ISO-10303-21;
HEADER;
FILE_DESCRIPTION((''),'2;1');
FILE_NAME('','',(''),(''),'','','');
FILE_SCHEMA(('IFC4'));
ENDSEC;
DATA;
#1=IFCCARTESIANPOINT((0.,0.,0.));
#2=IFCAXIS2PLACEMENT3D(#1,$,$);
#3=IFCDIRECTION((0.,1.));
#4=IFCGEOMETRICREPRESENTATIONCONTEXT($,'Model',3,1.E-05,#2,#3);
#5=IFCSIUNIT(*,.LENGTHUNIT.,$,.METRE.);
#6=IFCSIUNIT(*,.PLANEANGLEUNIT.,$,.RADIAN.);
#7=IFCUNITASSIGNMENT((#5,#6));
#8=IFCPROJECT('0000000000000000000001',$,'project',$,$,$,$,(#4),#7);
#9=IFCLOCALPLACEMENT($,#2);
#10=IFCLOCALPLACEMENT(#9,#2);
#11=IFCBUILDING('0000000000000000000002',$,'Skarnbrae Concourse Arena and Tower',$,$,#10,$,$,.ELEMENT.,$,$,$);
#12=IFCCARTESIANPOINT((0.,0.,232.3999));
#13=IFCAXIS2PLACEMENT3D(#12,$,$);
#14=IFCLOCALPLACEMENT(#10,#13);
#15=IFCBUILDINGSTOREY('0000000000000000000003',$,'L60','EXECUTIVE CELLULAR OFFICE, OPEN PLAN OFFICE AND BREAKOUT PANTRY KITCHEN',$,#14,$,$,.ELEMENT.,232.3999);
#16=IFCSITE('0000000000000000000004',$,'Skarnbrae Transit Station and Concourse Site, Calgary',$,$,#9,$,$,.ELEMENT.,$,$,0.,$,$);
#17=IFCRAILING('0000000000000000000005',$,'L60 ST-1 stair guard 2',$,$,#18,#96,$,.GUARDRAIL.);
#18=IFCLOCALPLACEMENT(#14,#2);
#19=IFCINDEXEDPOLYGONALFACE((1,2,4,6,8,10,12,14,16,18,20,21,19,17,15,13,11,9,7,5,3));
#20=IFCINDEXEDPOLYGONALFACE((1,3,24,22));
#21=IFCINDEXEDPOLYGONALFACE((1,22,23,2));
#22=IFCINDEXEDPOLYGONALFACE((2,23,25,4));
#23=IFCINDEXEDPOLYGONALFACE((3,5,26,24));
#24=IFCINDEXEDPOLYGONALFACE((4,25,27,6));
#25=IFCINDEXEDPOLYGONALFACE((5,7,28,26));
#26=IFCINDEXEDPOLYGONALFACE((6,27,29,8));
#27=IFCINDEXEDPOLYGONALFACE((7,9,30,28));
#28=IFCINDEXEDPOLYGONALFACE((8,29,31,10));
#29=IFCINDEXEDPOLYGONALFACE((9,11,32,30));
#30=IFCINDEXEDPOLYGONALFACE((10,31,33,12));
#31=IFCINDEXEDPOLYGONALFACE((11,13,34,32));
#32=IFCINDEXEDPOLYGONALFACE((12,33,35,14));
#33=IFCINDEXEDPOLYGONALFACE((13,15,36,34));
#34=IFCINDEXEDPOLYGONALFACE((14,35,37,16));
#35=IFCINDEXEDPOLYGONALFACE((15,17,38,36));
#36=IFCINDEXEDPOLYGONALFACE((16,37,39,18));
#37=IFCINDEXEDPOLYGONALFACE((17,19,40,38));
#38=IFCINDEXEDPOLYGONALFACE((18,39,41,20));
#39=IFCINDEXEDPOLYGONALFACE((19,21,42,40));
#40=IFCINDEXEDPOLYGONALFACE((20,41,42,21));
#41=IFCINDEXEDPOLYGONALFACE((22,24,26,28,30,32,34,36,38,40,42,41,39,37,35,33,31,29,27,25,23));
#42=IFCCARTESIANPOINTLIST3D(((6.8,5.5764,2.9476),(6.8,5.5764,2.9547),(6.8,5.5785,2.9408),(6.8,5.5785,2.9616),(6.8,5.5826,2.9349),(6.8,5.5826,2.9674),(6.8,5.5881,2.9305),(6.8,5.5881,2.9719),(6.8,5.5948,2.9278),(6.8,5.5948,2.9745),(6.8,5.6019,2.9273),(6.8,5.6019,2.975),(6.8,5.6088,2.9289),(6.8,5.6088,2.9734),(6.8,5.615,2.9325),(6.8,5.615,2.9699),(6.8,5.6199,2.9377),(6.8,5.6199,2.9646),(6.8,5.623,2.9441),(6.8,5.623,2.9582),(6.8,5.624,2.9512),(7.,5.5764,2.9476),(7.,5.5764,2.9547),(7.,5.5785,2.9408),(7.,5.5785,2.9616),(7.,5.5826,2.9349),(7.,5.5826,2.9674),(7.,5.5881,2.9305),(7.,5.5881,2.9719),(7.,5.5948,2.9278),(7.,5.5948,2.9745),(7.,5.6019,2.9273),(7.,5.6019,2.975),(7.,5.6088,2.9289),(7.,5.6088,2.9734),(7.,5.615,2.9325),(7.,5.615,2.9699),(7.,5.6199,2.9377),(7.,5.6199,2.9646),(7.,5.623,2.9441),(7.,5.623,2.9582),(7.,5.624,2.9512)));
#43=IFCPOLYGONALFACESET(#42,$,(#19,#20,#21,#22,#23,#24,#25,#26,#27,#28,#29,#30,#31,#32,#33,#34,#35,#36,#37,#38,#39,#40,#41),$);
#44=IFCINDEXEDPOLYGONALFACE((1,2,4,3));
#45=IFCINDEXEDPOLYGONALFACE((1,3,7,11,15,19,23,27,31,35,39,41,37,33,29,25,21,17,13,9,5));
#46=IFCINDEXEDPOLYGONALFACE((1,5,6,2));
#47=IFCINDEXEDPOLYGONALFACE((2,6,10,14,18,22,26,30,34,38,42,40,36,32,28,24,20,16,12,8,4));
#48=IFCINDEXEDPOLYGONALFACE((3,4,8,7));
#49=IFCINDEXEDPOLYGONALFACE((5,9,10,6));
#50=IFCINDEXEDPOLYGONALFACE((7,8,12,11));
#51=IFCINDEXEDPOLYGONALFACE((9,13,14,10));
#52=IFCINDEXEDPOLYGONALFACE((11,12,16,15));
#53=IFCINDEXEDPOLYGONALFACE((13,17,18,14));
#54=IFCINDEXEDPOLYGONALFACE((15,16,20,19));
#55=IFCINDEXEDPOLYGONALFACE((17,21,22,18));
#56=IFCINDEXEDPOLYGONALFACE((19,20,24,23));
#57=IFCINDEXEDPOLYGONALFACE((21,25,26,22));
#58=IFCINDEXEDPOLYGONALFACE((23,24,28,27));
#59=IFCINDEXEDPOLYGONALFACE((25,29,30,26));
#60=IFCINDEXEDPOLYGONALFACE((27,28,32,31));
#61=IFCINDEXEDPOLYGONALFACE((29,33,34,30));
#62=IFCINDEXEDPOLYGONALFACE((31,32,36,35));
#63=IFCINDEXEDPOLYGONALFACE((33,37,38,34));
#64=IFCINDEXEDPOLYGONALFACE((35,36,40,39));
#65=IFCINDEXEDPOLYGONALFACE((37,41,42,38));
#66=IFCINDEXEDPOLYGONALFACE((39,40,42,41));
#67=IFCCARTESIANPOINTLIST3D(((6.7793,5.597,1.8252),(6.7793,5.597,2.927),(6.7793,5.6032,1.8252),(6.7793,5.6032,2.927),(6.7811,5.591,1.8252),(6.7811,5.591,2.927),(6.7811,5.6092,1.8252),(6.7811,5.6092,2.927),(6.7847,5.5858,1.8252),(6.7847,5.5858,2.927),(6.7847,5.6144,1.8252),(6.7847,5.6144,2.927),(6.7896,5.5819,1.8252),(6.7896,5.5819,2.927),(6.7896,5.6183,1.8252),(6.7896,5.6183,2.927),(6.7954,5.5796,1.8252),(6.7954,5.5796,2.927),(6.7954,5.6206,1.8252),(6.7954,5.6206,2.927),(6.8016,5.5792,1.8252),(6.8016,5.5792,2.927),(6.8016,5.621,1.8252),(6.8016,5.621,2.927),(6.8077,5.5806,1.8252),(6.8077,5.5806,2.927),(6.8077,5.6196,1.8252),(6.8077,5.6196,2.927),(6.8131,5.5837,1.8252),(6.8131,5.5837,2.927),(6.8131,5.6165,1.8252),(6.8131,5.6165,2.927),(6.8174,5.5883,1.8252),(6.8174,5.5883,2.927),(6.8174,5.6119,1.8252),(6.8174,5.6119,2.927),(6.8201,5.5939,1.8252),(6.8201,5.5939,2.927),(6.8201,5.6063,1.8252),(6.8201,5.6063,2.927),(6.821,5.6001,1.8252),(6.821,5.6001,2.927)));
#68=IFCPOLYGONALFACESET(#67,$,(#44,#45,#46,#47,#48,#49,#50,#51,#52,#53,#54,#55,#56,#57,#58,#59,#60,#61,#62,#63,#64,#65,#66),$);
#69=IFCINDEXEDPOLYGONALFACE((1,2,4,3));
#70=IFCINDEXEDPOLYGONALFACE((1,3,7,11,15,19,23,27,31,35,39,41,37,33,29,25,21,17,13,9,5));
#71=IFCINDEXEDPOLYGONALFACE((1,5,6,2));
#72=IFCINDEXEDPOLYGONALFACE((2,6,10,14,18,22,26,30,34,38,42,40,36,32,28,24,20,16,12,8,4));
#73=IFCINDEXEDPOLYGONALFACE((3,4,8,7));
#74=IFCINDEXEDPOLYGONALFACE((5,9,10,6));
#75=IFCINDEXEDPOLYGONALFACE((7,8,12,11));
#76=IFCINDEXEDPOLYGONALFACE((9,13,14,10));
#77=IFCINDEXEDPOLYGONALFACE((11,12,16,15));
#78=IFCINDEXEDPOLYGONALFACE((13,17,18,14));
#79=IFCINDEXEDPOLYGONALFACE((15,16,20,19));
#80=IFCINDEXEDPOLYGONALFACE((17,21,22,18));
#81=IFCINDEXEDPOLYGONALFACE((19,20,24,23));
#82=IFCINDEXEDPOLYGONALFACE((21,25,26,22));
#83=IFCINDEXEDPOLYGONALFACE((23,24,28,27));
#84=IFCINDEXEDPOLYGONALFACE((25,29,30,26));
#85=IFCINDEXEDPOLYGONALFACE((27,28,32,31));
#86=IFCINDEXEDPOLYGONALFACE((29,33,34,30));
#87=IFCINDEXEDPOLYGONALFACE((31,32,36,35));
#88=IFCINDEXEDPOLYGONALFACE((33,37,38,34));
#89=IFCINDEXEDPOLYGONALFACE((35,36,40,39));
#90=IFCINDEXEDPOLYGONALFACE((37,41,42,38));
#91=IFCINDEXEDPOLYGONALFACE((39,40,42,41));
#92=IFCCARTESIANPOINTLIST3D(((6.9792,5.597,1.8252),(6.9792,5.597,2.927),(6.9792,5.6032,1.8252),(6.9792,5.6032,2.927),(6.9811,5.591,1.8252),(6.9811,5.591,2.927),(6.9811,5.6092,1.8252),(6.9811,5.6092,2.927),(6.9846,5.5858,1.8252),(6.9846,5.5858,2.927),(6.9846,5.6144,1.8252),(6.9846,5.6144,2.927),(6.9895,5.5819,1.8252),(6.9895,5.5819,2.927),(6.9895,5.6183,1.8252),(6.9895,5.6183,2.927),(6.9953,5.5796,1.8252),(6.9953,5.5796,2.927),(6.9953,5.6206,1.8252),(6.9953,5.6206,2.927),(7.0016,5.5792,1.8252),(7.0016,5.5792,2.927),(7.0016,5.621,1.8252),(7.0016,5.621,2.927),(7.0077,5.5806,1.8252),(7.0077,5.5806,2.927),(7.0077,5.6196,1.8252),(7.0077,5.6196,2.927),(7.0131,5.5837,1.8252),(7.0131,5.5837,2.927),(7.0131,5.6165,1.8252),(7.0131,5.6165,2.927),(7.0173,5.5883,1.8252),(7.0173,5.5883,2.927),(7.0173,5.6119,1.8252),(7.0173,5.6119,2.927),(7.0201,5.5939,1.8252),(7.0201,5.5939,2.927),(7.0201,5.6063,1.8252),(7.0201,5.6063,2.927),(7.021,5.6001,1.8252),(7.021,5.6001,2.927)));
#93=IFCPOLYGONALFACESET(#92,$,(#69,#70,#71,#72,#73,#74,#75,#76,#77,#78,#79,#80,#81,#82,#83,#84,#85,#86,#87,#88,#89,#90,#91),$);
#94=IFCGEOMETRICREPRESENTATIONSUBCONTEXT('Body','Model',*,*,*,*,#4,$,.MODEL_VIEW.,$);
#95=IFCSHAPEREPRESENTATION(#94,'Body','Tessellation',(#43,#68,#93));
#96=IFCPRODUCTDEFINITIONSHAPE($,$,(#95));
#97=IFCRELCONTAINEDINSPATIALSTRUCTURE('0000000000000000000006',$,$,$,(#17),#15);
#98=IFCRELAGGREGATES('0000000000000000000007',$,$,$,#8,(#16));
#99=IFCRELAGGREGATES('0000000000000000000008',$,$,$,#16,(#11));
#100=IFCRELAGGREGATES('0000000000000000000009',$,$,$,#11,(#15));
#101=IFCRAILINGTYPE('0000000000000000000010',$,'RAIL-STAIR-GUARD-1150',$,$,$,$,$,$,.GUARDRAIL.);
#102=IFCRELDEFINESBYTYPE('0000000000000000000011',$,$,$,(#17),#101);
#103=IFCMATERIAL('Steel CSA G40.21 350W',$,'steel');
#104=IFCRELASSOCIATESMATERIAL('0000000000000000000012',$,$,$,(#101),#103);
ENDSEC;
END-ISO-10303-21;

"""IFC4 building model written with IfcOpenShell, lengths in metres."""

from ifc_helpers import new_model, si_unit, direction, frame, origin, origin_2d, place, context, subcontext, project, spatial, circle, extrude, material, type_object, element, save


model = new_model("IFC4")

# Units and contexts
model_context = context("Model", 3, precision=1e-05, world=origin(), true_north=direction((0.0, 1.0)))
body_context = subcontext(model_context, "Body", "Model", "MODEL_VIEW")
ifc_project = project(units=[si_unit("LENGTHUNIT", "METRE"), si_unit("PLANEANGLEUNIT", "RADIAN")], contexts=[model_context])

# Site, building, storey
site_placement = place(None, origin())
site = spatial("IfcSite", under=ifc_project, at=site_placement, Name="Skarnbrae Transit Station and Concourse Site, Calgary", CompositionType="ELEMENT", RefElevation=0.0)
building_placement = place(site_placement, origin())
building = spatial("IfcBuilding", under=site, at=building_placement, Name="Skarnbrae Concourse Arena and Tower", CompositionType="ELEMENT")
storey_placement = place(building_placement, frame((0.0, 0.0, 232.3999)))
storey = spatial("IfcBuildingStorey", under=building, at=storey_placement, Name="L60", Description="EXECUTIVE CELLULAR OFFICE, OPEN PLAN OFFICE AND BREAKOUT PANTRY KITCHEN", CompositionType="ELEMENT", Elevation=232.3999)

# Shared definitions
ifc_material_1 = material(Name="Steel CSA G40.21 350W", Category="steel")

# Railing
railing_type_1 = type_object("IfcRailingType", Name="RAIL-STAIR-GUARD-1150", PredefinedType="GUARDRAIL", material=ifc_material_1)
railing_1_placement = place(storey_placement, frame((6.8, 5.6001, 1.8252)))
element("IfcRailing", 1, at=railing_1_placement, inside=storey, type_object=railing_type_1, Name="L60 ST-1 stair guard 2", PredefinedType="GUARDRAIL", context=body_context, shape_type="SweptSolid", body=[
    extrude(circle(Radius=0.0239, at=origin_2d()), frame((0.0, 0.0, 1.126), z_axis=(1.0, 0.0, 0.0), x_axis=(0.0, 1.0, 0.0)), (0.0, 0.0, 1.0), 0.2),
    extrude(circle(Radius=0.021, at=origin_2d()), origin(), (0.0, 0.0, 1.0), 1.1018),
    extrude(circle(Radius=0.021, at=origin_2d()), frame((0.2, 0.0, 0.0)), (0.0, 0.0, 1.0), 1.1018),
])

save(model, "model.ifc")
